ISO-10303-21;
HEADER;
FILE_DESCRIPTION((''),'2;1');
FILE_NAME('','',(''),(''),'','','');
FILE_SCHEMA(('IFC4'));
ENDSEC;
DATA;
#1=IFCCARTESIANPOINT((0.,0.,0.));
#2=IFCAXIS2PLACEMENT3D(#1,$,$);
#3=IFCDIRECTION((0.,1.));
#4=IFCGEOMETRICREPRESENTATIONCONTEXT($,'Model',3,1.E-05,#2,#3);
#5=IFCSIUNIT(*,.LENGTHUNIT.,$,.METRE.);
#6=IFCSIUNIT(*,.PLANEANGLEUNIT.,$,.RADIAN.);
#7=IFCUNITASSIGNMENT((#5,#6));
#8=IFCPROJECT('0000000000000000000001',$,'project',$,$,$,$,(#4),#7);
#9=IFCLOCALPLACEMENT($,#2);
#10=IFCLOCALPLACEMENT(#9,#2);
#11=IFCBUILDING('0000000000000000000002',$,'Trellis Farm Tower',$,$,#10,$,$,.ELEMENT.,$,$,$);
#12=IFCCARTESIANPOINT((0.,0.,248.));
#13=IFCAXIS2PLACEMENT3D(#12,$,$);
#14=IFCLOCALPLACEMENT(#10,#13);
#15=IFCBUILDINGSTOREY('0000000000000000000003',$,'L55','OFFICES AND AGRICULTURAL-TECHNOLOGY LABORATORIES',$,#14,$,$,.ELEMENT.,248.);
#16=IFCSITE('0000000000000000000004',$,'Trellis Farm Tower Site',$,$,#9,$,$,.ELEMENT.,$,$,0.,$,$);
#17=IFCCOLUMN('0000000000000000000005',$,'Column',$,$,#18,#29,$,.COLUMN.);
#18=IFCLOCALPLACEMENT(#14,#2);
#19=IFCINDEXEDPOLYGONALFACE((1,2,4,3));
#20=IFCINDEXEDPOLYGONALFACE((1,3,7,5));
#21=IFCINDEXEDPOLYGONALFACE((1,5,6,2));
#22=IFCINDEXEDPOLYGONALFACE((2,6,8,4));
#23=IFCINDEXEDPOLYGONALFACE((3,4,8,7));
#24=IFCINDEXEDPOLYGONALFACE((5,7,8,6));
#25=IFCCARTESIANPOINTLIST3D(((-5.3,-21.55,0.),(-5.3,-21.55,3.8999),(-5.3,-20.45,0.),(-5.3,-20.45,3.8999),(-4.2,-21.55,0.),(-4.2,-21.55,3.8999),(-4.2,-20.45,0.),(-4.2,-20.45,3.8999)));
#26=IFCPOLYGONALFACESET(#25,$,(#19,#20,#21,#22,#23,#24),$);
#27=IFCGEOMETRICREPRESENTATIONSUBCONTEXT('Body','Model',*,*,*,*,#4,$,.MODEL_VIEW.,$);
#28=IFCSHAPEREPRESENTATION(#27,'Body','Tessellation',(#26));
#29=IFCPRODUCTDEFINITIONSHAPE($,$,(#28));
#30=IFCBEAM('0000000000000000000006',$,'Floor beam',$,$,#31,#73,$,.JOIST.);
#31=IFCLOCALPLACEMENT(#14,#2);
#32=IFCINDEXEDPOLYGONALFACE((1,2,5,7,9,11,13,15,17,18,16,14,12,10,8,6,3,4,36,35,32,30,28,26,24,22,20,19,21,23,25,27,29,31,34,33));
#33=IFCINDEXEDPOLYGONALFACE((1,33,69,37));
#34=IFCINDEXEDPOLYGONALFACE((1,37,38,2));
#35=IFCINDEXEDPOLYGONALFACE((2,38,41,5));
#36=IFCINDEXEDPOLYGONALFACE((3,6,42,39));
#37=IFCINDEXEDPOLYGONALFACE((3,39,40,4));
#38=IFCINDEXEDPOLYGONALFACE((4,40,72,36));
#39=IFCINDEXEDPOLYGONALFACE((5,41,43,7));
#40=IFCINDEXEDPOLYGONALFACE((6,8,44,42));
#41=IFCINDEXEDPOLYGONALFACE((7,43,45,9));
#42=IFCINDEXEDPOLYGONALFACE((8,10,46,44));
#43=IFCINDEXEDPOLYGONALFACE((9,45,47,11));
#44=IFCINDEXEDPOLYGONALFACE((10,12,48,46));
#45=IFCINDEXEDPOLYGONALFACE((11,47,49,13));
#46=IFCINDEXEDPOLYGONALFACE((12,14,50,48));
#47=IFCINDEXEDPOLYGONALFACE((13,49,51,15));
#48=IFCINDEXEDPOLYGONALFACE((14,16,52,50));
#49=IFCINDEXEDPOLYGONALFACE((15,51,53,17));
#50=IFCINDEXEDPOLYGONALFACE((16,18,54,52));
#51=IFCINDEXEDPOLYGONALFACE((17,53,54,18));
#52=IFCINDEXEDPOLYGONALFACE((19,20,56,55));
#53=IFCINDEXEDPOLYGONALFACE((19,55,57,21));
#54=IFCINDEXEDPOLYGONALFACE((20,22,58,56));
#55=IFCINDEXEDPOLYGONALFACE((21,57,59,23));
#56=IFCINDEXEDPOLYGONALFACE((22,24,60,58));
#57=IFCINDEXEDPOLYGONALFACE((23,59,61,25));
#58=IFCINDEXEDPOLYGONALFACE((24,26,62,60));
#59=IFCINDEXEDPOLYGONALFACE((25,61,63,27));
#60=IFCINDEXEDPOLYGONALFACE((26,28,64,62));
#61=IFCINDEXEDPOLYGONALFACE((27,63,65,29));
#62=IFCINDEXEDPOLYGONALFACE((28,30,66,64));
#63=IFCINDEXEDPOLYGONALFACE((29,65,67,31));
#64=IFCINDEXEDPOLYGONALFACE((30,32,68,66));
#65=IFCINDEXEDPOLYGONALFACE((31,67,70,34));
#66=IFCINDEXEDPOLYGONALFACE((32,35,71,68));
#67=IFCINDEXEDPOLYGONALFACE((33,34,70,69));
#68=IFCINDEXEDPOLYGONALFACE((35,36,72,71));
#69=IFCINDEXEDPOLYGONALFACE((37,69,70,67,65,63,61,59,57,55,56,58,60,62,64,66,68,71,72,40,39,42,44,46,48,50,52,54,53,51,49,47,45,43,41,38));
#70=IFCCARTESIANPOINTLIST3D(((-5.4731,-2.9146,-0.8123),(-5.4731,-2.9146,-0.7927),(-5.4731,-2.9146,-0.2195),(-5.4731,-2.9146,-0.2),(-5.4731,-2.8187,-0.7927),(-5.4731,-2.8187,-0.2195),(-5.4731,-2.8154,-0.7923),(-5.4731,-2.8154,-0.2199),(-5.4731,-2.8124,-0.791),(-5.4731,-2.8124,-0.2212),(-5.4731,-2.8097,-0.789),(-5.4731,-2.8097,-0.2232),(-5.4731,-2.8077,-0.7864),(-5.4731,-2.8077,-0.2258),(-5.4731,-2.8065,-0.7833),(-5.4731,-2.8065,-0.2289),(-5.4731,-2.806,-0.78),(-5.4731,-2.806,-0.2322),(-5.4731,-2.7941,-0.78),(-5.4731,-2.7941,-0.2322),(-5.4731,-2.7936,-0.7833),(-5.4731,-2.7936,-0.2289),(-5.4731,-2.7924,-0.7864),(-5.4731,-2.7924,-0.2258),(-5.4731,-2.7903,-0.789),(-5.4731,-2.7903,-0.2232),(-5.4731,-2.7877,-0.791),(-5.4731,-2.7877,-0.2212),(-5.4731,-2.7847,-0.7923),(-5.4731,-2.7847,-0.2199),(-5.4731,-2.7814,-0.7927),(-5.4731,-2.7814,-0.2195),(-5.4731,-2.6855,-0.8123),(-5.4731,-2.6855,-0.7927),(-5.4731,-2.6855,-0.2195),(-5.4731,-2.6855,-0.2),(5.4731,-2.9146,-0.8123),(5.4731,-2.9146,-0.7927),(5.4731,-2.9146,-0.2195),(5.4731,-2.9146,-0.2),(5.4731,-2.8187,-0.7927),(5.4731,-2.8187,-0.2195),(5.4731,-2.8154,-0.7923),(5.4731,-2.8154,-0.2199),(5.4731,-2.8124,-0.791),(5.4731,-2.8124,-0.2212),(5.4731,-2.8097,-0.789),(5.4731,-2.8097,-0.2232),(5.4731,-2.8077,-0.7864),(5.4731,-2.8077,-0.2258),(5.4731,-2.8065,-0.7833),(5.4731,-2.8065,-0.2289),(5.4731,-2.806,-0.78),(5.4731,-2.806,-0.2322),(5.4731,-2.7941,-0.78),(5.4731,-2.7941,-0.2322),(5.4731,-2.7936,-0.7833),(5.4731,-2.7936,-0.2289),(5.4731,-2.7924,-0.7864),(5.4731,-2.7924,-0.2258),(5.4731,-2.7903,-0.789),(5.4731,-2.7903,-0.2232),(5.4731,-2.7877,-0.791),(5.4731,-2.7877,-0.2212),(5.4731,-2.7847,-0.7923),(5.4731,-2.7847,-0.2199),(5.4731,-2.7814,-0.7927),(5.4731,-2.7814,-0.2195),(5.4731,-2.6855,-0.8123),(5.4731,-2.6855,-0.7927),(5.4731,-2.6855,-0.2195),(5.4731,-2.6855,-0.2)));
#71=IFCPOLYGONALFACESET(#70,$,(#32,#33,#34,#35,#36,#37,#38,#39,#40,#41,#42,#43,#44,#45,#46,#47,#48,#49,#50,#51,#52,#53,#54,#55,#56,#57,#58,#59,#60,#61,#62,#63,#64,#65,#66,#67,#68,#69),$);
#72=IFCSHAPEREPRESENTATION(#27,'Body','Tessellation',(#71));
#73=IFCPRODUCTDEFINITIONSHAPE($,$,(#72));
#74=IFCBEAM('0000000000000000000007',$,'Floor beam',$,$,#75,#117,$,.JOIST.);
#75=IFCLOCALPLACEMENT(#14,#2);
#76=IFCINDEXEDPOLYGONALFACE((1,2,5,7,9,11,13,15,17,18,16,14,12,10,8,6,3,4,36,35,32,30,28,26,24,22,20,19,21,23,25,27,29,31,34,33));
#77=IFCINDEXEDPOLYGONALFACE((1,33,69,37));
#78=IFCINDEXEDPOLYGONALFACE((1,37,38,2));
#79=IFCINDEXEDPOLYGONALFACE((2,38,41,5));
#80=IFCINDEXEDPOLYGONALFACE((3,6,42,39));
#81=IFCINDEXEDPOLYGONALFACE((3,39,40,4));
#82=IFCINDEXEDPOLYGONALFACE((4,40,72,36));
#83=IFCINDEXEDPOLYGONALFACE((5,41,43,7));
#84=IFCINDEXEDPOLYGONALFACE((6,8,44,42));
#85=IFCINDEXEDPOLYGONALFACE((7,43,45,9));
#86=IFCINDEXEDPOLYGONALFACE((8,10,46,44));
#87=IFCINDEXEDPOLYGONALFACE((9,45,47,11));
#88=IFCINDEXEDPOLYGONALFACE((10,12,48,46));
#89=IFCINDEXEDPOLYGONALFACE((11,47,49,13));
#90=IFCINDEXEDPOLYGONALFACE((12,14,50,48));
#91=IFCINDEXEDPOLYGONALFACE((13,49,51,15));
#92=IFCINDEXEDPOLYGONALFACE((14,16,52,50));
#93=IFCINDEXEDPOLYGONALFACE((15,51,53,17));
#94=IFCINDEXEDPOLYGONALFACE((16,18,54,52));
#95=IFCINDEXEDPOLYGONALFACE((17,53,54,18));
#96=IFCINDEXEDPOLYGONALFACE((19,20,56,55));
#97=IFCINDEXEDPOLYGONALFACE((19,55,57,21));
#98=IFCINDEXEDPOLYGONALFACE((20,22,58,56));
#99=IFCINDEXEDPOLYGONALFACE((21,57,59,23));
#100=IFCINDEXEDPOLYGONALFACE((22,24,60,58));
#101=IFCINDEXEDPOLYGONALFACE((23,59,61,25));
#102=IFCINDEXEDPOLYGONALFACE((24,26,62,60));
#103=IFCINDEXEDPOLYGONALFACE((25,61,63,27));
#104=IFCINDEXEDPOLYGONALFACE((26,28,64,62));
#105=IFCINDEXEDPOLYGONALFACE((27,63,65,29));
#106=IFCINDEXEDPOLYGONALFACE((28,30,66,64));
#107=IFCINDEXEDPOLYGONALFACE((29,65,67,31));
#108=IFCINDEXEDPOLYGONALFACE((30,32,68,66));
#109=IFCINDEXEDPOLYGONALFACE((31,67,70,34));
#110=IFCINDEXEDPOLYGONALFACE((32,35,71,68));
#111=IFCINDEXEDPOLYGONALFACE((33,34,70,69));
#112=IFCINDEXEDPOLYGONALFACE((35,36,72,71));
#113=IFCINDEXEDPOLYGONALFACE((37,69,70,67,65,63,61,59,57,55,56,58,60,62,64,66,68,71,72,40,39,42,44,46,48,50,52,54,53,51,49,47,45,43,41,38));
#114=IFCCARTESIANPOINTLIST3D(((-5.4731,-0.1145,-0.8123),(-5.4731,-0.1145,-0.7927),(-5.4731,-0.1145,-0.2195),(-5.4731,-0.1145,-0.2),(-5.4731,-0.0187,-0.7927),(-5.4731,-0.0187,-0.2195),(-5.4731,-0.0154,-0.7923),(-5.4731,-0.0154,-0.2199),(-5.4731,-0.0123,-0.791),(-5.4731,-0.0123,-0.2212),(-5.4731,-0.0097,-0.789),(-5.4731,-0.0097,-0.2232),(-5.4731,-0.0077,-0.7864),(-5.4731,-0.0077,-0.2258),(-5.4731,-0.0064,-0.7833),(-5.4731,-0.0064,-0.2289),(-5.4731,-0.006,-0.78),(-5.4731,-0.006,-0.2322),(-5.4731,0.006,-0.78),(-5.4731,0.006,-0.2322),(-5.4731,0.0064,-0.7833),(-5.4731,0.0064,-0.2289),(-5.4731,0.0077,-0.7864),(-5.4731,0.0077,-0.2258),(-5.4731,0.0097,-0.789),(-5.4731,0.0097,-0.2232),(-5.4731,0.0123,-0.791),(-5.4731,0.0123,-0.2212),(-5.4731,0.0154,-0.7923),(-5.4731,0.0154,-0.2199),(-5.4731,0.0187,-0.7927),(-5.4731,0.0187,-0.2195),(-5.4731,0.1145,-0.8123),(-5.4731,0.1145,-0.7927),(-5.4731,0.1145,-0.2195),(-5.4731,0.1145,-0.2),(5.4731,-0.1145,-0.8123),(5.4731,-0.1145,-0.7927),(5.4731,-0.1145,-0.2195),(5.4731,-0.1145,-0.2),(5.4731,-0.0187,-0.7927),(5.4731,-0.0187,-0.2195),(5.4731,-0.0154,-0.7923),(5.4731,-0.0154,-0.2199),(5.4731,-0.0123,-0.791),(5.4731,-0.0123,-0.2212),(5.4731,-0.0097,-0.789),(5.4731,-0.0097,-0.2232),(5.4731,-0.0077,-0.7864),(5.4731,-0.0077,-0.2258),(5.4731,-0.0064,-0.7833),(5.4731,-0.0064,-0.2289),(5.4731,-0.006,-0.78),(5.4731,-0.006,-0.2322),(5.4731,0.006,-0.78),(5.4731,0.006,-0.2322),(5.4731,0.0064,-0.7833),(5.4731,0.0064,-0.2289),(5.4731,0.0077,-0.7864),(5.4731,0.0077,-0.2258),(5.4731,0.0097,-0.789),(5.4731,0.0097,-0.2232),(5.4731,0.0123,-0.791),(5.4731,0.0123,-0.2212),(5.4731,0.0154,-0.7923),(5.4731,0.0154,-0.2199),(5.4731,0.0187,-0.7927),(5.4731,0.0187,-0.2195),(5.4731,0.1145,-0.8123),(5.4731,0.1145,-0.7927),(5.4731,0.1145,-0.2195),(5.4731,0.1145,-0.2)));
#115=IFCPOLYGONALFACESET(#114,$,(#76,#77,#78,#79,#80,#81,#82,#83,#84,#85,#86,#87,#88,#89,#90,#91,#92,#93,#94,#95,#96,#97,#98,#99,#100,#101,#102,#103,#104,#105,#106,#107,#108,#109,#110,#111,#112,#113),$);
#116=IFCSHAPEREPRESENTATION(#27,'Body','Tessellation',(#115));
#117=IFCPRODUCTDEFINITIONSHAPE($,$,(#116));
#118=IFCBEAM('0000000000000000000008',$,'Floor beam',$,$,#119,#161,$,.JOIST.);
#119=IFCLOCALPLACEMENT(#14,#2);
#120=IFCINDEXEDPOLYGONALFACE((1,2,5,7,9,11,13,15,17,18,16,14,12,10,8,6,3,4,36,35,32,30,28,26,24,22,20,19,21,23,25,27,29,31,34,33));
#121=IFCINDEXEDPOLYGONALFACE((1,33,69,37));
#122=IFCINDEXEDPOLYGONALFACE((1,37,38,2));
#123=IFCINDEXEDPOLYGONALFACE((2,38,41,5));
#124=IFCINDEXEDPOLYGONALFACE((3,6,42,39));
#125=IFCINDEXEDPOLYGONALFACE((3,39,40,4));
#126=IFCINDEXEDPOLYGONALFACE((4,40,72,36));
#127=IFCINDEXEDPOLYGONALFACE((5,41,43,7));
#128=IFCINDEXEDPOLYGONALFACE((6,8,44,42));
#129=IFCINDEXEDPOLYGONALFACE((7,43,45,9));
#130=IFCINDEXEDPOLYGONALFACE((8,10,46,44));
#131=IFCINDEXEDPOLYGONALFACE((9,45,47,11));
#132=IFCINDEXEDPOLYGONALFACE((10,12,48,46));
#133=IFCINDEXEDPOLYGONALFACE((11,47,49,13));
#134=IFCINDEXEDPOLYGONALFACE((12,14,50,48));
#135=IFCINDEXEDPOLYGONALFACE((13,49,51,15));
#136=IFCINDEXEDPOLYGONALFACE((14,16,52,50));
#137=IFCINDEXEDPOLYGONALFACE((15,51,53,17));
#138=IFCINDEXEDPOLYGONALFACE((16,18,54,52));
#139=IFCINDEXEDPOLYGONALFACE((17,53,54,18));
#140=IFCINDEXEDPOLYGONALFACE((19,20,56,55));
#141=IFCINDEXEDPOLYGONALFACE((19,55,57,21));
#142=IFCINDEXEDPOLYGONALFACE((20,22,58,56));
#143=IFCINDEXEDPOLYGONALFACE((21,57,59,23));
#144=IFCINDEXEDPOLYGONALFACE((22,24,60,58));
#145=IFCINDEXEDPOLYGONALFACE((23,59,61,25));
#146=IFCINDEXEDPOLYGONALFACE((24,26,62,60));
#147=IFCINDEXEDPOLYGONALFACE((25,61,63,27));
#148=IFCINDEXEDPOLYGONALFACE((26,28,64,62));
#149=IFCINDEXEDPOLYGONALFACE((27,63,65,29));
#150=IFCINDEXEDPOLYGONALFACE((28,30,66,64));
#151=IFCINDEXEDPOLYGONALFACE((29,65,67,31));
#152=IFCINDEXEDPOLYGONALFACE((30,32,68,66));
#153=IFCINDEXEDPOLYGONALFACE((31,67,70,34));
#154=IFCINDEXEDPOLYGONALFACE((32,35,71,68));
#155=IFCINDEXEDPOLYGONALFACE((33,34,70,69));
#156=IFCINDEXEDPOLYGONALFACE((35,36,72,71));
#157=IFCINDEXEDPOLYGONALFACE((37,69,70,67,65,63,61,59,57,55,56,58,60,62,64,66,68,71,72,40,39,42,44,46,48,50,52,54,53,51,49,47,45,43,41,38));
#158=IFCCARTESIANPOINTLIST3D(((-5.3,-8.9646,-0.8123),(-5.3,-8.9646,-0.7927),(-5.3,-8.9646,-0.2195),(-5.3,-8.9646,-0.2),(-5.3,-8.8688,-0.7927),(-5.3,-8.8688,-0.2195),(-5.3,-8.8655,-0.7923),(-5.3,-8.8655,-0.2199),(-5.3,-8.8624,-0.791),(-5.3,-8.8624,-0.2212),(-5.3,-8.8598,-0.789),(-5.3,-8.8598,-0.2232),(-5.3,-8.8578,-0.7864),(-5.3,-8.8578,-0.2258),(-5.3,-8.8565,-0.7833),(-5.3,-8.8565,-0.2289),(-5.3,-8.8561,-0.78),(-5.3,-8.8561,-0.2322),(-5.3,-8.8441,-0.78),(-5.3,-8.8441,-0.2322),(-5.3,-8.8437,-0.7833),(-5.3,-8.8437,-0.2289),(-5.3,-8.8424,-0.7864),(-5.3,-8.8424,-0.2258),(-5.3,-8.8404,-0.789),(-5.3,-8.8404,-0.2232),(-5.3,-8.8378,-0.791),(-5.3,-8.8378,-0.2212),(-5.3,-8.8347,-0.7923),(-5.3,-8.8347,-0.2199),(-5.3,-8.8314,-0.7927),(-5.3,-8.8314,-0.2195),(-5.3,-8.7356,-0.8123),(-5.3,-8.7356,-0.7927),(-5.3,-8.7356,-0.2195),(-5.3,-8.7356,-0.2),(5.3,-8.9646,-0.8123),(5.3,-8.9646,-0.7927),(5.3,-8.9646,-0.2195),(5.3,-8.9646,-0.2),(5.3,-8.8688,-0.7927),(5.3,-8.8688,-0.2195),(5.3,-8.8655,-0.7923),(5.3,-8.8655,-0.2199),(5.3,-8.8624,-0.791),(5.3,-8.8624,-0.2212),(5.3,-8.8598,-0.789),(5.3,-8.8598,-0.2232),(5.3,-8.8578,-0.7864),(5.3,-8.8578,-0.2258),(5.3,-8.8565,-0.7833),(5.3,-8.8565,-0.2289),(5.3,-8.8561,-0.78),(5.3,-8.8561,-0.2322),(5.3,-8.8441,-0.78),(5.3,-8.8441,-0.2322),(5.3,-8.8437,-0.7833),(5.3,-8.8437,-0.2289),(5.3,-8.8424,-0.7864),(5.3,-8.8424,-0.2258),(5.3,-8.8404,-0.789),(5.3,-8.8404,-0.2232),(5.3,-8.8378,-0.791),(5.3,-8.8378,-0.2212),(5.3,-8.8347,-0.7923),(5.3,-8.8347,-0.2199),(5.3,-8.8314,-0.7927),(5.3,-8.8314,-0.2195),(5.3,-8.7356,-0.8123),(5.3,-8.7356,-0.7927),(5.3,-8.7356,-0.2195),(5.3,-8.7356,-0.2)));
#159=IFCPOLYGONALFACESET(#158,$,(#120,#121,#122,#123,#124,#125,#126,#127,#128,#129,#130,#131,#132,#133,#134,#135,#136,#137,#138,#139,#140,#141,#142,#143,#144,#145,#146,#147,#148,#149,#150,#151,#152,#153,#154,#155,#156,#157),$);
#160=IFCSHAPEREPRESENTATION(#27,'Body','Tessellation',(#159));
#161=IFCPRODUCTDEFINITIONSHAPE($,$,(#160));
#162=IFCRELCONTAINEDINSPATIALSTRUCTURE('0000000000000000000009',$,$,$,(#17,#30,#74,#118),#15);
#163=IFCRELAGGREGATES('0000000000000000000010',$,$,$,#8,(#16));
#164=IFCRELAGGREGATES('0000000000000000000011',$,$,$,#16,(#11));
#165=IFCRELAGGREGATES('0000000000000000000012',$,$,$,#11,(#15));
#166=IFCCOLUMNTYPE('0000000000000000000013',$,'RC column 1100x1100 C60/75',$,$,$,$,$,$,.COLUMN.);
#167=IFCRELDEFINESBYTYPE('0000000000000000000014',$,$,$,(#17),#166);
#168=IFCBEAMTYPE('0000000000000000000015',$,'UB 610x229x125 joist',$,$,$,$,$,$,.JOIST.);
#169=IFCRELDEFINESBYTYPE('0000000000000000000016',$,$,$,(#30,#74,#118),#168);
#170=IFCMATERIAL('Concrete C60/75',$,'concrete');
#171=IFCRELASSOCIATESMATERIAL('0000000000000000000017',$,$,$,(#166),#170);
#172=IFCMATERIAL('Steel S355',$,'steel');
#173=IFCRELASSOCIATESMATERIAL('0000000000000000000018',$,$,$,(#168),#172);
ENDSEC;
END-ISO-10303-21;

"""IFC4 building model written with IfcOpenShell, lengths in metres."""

from ifc_helpers import new_model, si_unit, direction, frame, origin, origin_2d, place, context, subcontext, project, spatial, rectangle, i_section, extrude, source, transform, mapped, material, material_profile, profile_set, type_object, element, save


model = new_model("IFC4")

# Units and contexts
model_context = context("Model", 3, precision=1e-05, world=origin(), true_north=direction((0.0, 1.0)))
body_context = subcontext(model_context, "Body", "Model", "MODEL_VIEW")
ifc_project = project(units=[si_unit("LENGTHUNIT", "METRE"), si_unit("PLANEANGLEUNIT", "RADIAN")], contexts=[model_context])

# Site, building, storey
site_placement = place(None, origin())
site = spatial("IfcSite", under=ifc_project, at=site_placement, Name="Trellis Farm Tower Site", CompositionType="ELEMENT", RefElevation=0.0)
building_placement = place(site_placement, origin())
building = spatial("IfcBuilding", under=site, at=building_placement, Name="Trellis Farm Tower", CompositionType="ELEMENT")
storey_placement = place(building_placement, frame((0.0, 0.0, 248.0)))
storey = spatial("IfcBuildingStorey", under=building, at=storey_placement, Name="L55", Description="OFFICES AND AGRICULTURAL-TECHNOLOGY LABORATORIES", CompositionType="ELEMENT", Elevation=248.0)

# Column
ifc_material_1 = material(Name="Concrete C60/75", Category="concrete")
ifc_material_profile_1 = material_profile(ifc_material_1, rectangle(XDim=1.1001, YDim=1.1001, at=origin_2d()), Name="RC column 1100x1100 C60/75")
ifc_profile_set_1 = profile_set([ifc_material_profile_1], Name="Concrete C60/75")
column_type = type_object("IfcColumnType", Name="RC column 1100x1100 C60/75", PredefinedType="COLUMN", material=ifc_profile_set_1)
shared_shape_1 = source(origin(), body_context, "Body", "SweptSolid", [
    extrude(rectangle(XDim=1.1001, YDim=1.1001, at=origin_2d()), origin(), (0.0, 0.0, 1.0), 3.8999),
])
column_placement = place(storey_placement, frame((-4.75, -21.0, 0.0), z_axis=(0.0, 0.0, 1.0), x_axis=(1.0, 0.0, 0.0)))
element("IfcColumn", 1, at=column_placement, inside=storey, type_object=column_type, Name="Column", PredefinedType="COLUMN", context=body_context, shape_type="MappedRepresentation", body=[
    mapped(shared_shape_1, transform((0.0, 0.0, 0.0))),
])

# Beams
ifc_material_2 = material(Name="Steel S355", Category="steel")
ifc_material_profile_2 = material_profile(ifc_material_2, i_section(OverallWidth=0.229, OverallDepth=0.6123, WebThickness=0.012, FlangeThickness=0.0195, FilletRadius=0.0127, at=origin_2d()), Name="UB 610x229x125")
ifc_profile_set_2 = profile_set([ifc_material_profile_2], Name="Steel S355")
beam_type_1 = type_object("IfcBeamType", Name="UB 610x229x125 joist", PredefinedType="JOIST", material=ifc_profile_set_2)
shared_shape_2 = source(origin(), body_context, "Body", "SweptSolid", [
    extrude(i_section(OverallWidth=0.229, OverallDepth=0.6123, WebThickness=0.012, FlangeThickness=0.0195, FilletRadius=0.0127, at=origin_2d()), origin(), (0.0, 0.0, 1.0), 10.9463),
])
for number, where, z_axis, x_axis, name in (
    (2, (-5.4731, -2.8, -0.5061), (1.0, 0.0, 0.0), (0.0, 1.0, 0.0), "Floor beam"),
    (3, (-5.4731, 0.0, -0.5061), (1.0, 0.0, 0.0), (0.0, 1.0, 0.0), "Floor beam"),
):
    element("IfcBeam", number, at=place(storey_placement, frame(where, z_axis=z_axis, x_axis=x_axis)), inside=storey, type_object=beam_type_1, Name=name, PredefinedType="JOIST", context=body_context, shape_type="MappedRepresentation", body=[
        mapped(shared_shape_2, transform((0.0, 0.0, 0.0))),
    ])
shared_shape_3 = source(origin(), body_context, "Body", "SweptSolid", [
    extrude(i_section(OverallWidth=0.229, OverallDepth=0.6123, WebThickness=0.012, FlangeThickness=0.0195, FilletRadius=0.0127, at=origin_2d()), origin(), (0.0, 0.0, 1.0), 10.6001),
])
beam_1_placement = place(storey_placement, frame((-5.3, -8.8501, -0.5061), z_axis=(1.0, 0.0, 0.0), x_axis=(0.0, 1.0, 0.0)))
element("IfcBeam", 4, at=beam_1_placement, inside=storey, type_object=beam_type_1, Name="Floor beam", PredefinedType="JOIST", context=body_context, shape_type="MappedRepresentation", body=[
    mapped(shared_shape_3, transform((0.0, 0.0, 0.0))),
])

save(model, "model.ifc")
